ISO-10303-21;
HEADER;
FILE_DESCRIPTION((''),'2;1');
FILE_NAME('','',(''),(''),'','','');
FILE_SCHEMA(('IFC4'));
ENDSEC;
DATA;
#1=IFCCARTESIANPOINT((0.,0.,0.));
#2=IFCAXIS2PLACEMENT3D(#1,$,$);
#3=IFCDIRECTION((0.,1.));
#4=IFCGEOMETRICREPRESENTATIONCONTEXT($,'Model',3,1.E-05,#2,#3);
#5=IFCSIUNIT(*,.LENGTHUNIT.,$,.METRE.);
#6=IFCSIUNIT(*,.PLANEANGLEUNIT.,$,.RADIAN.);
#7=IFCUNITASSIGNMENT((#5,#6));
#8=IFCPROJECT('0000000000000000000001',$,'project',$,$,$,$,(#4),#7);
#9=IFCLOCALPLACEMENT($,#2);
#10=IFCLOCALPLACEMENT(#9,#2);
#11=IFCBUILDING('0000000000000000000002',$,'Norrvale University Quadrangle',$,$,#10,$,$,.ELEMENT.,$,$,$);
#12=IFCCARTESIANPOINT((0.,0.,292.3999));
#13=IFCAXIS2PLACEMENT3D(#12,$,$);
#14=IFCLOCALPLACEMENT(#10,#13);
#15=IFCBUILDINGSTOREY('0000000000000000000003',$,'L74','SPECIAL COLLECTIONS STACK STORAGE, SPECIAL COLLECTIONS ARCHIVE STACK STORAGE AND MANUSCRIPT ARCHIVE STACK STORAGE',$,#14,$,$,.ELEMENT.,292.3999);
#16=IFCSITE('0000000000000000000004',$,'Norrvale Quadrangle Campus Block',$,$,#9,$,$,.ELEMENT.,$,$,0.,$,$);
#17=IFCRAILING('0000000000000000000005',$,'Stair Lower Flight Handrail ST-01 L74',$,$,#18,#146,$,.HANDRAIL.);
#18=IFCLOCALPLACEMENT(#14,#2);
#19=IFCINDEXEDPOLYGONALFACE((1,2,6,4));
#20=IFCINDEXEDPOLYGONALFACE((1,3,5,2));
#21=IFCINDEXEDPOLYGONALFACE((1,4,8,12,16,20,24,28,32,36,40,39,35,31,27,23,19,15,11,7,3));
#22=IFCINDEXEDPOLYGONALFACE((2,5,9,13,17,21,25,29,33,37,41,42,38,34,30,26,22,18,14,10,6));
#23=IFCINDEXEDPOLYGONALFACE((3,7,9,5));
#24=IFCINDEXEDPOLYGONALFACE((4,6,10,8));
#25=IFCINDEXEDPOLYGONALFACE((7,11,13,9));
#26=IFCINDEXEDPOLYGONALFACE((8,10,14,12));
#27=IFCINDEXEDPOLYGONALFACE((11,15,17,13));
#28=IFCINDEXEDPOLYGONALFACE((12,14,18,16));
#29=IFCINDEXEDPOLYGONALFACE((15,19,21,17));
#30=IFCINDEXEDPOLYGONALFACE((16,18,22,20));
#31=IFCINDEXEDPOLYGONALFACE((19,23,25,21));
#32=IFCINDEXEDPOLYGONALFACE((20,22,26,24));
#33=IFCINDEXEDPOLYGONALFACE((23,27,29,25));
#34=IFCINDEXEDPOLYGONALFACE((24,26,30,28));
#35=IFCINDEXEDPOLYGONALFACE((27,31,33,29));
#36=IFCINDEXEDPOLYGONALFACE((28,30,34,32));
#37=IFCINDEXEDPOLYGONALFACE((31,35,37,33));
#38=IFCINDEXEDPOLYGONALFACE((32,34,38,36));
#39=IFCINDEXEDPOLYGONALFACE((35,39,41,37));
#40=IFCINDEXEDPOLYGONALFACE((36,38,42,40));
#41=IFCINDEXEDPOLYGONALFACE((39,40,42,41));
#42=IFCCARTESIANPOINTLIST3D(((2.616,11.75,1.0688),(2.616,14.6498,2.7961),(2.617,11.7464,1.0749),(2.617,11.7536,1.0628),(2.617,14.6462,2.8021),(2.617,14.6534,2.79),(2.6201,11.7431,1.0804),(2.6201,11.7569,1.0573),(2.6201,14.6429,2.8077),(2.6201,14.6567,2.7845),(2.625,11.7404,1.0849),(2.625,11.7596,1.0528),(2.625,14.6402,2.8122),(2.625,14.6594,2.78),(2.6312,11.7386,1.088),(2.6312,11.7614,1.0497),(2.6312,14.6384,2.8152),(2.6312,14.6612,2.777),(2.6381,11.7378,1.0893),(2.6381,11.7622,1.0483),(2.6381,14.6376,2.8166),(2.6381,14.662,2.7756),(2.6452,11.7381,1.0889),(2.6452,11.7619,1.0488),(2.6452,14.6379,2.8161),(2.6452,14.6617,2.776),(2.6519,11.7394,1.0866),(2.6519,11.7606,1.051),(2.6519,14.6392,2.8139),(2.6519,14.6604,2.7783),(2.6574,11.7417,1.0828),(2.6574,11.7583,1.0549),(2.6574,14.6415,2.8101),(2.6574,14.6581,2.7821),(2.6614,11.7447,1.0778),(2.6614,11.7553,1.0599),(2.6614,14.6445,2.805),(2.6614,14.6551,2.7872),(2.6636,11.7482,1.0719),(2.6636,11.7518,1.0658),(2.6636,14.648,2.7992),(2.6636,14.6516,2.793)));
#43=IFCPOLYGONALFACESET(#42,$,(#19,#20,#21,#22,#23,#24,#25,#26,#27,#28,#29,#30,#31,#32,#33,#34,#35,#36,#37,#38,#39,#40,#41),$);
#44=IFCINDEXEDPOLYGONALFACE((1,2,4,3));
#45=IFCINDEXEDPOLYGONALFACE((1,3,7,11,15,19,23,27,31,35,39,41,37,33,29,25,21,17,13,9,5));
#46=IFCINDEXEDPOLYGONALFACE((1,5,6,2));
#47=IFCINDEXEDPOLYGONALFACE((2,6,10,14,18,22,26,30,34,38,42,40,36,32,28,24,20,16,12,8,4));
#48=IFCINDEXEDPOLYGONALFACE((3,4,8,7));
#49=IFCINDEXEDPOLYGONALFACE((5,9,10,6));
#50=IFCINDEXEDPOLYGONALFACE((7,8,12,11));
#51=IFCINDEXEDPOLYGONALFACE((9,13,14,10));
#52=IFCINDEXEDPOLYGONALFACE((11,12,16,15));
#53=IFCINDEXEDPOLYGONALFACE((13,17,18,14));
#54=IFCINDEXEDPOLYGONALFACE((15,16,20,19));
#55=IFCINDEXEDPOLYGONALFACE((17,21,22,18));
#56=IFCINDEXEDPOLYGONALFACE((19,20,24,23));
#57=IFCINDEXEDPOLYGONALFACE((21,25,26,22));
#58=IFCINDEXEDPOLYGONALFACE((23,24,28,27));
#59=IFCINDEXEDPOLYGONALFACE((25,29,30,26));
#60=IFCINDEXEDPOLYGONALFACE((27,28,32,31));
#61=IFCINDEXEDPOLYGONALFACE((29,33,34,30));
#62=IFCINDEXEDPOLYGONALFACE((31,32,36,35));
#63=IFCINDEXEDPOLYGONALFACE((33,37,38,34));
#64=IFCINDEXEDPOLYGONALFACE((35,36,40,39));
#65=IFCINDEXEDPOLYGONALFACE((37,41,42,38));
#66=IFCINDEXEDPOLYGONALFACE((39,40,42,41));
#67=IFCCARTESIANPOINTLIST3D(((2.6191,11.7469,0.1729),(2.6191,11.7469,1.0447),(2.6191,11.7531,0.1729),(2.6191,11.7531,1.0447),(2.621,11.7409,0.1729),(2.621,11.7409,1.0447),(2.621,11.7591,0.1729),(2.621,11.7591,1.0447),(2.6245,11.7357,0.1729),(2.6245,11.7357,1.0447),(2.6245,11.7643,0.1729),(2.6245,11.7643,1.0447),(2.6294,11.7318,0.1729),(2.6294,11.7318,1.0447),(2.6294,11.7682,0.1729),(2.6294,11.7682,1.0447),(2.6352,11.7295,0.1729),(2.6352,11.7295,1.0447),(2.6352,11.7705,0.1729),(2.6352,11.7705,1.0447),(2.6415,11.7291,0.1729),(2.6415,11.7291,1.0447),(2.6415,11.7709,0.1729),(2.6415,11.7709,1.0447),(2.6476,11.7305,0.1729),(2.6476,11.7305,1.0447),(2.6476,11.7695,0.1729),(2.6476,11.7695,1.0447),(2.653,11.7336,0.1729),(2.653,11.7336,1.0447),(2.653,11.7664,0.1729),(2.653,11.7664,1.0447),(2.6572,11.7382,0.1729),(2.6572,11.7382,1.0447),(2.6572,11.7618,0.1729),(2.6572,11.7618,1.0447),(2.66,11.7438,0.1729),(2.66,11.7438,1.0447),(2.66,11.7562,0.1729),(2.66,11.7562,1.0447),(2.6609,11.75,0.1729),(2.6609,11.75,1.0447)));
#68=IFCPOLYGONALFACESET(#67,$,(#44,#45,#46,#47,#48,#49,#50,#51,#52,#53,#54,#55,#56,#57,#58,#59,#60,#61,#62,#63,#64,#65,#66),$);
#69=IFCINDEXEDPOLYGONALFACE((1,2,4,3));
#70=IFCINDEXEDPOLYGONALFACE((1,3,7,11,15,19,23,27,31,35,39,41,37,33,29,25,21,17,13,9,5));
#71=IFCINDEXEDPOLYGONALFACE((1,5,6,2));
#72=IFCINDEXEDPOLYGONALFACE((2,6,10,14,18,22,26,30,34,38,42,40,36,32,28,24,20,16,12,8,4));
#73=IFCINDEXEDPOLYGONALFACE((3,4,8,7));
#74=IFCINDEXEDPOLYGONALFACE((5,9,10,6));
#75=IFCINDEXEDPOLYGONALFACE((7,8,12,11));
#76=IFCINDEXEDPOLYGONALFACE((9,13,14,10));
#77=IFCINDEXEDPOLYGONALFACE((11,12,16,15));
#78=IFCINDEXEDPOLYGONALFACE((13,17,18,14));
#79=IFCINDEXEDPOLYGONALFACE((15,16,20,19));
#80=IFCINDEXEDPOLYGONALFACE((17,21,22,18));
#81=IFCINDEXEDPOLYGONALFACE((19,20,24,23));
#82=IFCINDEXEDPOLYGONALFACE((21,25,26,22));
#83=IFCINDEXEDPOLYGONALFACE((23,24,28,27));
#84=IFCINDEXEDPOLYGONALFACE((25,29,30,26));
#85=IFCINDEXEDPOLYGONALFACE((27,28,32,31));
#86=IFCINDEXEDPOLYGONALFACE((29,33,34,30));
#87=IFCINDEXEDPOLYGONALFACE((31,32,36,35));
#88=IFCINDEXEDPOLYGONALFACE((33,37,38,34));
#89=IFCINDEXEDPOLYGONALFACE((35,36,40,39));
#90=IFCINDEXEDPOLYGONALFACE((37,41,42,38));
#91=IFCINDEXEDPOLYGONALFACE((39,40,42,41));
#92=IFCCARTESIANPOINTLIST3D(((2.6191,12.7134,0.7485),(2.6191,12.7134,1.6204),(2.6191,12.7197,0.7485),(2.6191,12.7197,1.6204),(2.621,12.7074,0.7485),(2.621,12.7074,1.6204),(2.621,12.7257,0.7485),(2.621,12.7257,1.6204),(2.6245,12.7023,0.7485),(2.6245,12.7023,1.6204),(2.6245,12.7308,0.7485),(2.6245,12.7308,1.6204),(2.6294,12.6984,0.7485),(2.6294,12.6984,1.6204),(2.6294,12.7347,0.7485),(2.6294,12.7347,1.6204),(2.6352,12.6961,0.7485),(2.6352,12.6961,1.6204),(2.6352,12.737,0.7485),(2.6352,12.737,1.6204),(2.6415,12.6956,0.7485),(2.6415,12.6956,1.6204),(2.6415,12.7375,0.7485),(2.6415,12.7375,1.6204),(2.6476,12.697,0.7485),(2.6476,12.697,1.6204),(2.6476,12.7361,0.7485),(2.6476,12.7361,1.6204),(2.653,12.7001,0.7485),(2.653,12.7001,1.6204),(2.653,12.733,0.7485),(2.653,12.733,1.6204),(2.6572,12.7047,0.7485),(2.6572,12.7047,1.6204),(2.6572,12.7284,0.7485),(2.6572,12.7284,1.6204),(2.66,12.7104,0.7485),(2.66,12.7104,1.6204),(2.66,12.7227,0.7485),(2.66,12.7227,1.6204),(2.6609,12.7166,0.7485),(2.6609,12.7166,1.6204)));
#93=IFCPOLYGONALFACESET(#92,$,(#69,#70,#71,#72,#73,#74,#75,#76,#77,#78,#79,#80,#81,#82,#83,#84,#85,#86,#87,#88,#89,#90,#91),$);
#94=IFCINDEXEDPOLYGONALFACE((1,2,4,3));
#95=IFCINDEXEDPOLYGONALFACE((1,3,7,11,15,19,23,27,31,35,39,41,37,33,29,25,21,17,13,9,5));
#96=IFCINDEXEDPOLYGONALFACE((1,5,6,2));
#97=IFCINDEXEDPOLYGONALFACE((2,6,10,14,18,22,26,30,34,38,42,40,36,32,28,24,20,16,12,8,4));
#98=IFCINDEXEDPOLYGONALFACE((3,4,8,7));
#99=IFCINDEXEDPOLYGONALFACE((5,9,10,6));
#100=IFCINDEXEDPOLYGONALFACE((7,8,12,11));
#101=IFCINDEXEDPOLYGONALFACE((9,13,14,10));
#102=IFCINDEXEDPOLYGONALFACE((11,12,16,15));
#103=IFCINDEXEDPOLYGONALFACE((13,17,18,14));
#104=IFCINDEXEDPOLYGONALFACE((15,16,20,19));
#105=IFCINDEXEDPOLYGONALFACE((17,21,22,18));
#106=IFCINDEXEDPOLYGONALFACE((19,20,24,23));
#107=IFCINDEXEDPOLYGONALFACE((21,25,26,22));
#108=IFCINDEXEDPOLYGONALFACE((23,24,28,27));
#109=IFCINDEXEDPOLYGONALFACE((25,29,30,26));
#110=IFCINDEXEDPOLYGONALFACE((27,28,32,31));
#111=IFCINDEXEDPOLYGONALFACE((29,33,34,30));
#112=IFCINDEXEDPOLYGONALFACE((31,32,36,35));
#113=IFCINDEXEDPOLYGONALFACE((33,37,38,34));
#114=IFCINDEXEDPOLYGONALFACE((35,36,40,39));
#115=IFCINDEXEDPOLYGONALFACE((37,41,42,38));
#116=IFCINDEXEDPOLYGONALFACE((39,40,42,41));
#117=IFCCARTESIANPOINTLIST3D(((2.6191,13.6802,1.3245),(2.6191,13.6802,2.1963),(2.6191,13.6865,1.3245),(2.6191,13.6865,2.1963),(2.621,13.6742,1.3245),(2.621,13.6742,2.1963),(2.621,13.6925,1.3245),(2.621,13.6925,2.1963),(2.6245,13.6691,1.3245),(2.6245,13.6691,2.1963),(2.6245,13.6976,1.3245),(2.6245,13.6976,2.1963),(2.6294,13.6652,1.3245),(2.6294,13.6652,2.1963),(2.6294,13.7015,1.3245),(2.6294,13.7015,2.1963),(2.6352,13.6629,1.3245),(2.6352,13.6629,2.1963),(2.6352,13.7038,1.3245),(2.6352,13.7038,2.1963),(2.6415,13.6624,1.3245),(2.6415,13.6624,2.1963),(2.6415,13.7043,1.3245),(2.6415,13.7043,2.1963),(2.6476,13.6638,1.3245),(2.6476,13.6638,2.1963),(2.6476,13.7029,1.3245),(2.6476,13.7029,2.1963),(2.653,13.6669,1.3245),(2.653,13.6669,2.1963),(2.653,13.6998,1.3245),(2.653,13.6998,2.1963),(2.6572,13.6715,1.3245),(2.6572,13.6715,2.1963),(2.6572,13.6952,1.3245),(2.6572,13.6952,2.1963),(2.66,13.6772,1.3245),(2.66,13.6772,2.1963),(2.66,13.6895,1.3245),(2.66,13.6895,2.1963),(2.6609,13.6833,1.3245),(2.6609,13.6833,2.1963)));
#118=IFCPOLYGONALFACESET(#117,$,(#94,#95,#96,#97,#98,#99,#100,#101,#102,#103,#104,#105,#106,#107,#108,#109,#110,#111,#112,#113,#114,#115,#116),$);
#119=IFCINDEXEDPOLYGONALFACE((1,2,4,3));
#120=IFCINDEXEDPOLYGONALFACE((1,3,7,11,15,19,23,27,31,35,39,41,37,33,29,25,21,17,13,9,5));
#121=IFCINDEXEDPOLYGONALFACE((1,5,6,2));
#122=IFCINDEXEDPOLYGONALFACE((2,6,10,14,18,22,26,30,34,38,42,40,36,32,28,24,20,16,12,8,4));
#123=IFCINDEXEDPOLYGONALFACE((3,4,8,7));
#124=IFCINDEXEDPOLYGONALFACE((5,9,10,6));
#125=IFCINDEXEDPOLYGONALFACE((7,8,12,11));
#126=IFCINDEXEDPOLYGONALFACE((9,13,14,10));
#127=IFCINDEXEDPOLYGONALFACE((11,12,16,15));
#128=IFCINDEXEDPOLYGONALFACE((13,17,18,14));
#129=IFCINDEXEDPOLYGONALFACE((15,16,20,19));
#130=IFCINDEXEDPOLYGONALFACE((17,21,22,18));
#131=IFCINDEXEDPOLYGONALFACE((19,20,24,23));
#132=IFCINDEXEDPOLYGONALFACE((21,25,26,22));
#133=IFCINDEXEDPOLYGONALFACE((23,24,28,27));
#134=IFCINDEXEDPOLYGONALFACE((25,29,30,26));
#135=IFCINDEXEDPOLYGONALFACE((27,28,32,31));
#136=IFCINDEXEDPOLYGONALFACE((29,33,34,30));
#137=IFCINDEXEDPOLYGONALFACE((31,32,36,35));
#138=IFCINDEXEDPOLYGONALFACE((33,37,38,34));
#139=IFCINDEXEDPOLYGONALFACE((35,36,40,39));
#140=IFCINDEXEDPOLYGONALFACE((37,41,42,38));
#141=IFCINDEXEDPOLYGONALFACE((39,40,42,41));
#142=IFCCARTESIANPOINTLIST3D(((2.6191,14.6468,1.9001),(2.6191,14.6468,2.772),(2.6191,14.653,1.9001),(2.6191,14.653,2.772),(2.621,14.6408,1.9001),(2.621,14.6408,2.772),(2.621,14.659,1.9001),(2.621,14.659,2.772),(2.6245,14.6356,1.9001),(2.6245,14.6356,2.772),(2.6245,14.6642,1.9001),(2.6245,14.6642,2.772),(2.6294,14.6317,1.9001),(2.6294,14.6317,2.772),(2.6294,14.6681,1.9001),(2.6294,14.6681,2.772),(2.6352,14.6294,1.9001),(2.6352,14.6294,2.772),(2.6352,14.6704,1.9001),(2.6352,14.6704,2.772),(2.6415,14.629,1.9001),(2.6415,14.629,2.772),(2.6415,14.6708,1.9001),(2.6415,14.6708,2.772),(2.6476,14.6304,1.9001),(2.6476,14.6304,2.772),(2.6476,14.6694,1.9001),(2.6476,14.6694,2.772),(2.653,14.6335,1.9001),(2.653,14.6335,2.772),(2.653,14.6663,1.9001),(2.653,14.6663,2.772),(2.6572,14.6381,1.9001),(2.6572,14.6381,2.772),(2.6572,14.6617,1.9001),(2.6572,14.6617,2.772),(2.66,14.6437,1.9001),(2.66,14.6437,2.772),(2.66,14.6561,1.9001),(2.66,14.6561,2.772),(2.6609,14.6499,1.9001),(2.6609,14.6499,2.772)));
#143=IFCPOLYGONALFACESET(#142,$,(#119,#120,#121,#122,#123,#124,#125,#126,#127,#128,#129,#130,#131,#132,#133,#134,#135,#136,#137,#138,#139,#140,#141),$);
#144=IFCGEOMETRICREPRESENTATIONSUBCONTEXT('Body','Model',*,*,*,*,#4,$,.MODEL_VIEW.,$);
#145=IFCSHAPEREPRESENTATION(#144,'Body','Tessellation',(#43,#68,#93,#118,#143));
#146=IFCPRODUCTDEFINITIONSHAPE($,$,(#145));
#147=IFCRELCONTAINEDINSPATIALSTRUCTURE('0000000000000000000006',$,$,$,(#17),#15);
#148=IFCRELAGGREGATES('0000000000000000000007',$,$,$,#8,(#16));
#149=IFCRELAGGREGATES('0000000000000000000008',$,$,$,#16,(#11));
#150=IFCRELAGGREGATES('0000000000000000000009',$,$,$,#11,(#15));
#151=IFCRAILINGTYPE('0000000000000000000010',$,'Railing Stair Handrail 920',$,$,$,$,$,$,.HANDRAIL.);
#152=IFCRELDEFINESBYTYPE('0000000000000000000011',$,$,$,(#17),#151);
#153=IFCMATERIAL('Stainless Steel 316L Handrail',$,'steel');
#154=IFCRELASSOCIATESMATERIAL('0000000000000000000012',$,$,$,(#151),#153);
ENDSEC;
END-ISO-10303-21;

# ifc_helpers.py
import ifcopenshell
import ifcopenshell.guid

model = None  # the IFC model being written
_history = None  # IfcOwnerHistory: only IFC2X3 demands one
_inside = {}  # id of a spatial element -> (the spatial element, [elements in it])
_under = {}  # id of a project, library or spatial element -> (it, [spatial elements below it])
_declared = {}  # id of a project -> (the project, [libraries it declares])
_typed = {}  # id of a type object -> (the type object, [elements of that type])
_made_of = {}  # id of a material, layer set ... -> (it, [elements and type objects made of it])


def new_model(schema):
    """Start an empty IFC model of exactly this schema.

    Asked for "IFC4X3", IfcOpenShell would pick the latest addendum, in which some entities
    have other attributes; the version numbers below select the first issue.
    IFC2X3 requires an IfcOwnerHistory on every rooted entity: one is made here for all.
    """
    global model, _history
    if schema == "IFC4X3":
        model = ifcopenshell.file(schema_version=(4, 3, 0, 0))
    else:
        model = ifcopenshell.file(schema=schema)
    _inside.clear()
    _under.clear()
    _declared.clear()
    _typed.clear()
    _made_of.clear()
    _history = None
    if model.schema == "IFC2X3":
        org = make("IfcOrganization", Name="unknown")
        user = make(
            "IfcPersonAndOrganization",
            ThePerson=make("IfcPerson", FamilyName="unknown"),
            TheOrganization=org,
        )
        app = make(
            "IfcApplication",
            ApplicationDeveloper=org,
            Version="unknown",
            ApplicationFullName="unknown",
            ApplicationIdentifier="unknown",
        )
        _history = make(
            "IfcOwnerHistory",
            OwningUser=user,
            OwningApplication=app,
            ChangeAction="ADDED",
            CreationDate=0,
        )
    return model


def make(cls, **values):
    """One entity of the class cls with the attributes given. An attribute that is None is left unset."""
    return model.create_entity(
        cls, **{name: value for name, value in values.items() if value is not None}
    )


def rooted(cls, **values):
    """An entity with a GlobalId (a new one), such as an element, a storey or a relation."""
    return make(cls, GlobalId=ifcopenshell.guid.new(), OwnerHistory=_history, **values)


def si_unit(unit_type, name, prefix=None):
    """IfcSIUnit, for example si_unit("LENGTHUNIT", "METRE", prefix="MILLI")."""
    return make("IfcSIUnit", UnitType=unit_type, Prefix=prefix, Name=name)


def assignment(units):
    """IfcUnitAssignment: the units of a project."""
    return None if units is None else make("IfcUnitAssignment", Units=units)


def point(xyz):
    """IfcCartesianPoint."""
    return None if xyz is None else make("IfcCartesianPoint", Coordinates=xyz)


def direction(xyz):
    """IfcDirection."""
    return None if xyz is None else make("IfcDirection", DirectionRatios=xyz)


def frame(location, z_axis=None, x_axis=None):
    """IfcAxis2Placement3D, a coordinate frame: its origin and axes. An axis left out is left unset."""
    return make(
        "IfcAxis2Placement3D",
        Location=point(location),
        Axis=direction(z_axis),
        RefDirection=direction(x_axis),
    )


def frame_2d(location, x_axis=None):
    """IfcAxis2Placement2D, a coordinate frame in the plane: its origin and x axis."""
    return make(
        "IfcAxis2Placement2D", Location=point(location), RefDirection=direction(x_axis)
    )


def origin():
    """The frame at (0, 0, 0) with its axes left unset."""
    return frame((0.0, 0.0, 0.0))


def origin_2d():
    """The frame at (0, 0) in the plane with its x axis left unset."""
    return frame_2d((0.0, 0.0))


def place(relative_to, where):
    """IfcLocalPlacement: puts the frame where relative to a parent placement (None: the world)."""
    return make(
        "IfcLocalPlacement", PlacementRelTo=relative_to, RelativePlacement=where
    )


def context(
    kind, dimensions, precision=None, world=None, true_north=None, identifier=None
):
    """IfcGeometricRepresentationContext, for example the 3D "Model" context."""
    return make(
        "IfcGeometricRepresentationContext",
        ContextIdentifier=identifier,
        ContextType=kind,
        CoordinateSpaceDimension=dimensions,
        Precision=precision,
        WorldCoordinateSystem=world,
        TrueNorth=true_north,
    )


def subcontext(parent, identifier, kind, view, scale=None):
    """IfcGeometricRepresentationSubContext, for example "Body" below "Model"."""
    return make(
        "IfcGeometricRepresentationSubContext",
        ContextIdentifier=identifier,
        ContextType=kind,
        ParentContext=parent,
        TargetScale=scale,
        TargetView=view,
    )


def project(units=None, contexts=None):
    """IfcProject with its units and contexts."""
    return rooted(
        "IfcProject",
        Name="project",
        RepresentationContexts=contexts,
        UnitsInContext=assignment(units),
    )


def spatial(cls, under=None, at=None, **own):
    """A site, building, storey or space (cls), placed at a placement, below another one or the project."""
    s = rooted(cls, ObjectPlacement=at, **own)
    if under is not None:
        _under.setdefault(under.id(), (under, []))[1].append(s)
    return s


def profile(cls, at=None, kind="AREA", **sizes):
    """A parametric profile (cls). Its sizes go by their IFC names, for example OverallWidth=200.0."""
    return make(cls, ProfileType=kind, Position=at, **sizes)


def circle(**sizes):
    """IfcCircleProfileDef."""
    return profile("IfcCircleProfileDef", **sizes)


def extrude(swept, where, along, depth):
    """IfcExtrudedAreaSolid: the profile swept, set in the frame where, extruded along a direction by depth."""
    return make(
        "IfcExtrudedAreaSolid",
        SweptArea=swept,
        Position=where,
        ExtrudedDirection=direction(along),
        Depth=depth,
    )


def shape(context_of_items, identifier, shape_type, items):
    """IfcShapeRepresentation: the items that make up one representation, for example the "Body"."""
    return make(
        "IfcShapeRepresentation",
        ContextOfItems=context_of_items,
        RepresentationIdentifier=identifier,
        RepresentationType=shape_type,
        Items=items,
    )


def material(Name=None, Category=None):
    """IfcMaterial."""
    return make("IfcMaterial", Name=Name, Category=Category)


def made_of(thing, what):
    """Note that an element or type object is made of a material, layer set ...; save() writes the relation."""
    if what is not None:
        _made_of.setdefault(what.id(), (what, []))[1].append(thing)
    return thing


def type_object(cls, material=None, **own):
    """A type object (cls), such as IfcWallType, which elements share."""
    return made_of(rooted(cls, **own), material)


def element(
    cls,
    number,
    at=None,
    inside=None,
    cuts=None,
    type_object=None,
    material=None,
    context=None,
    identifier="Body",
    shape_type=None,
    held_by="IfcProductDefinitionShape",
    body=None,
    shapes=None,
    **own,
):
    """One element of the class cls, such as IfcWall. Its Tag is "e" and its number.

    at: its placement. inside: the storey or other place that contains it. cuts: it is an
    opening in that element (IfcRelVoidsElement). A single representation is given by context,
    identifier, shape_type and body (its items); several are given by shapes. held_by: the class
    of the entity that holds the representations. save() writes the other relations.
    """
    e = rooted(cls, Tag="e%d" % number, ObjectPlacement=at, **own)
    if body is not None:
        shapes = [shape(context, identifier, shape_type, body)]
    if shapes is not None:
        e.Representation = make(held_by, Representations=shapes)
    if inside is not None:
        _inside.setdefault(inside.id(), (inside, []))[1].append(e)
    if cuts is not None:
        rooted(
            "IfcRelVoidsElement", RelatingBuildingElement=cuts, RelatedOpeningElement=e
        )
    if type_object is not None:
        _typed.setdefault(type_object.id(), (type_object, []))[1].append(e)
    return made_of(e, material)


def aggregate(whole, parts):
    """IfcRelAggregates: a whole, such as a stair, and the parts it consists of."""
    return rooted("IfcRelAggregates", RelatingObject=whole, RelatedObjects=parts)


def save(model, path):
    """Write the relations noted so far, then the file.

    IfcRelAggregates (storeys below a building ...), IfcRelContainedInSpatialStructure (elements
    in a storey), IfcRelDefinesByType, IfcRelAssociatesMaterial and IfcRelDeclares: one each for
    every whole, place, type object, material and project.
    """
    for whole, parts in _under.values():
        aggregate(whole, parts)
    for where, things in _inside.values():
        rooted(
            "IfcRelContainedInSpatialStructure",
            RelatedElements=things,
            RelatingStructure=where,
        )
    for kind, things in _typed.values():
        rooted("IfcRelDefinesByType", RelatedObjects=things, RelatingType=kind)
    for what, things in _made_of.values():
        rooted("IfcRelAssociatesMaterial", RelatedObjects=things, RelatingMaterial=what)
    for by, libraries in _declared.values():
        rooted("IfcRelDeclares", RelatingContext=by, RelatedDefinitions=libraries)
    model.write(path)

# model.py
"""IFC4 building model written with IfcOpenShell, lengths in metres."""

from ifc_helpers import new_model, si_unit, direction, frame, origin, origin_2d, place, context, subcontext, project, spatial, circle, extrude, material, type_object, element, save


model = new_model("IFC4")

# Units and contexts
model_context = context("Model", 3, precision=1e-05, world=origin(), true_north=direction((0.0, 1.0)))
body_context = subcontext(model_context, "Body", "Model", "MODEL_VIEW")
ifc_project = project(units=[si_unit("LENGTHUNIT", "METRE"), si_unit("PLANEANGLEUNIT", "RADIAN")], contexts=[model_context])

# Site, building, storey
site_placement = place(None, origin())
site = spatial("IfcSite", under=ifc_project, at=site_placement, Name="Norrvale Quadrangle Campus Block", CompositionType="ELEMENT", RefElevation=0.0)
building_placement = place(site_placement, origin())
building = spatial("IfcBuilding", under=site, at=building_placement, Name="Norrvale University Quadrangle", CompositionType="ELEMENT")
storey_placement = place(building_placement, frame((0.0, 0.0, 292.3999)))
storey = spatial("IfcBuildingStorey", under=building, at=storey_placement, Name="L74", Description="SPECIAL COLLECTIONS STACK STORAGE, SPECIAL COLLECTIONS ARCHIVE STACK STORAGE AND MANUSCRIPT ARCHIVE STACK STORAGE", CompositionType="ELEMENT", Elevation=292.3999)

# Railing
ifc_material_1 = material(Name="Stainless Steel 316L Handrail", Category="steel")
railing_type_1 = type_object("IfcRailingType", Name="Railing Stair Handrail 920", PredefinedType="HANDRAIL", material=ifc_material_1)
railing_1_placement = place(storey_placement, frame((2.6399, 11.75, 0.1729)))
element("IfcRailing", 1, at=railing_1_placement, inside=storey, type_object=railing_type_1, Name="Stair Lower Flight Handrail ST-01 L74", PredefinedType="HANDRAIL", context=body_context, shape_type="SweptSolid", body=[
    extrude(circle(Radius=0.0239, at=origin_2d()), frame((0.0, 0.0, 0.896), z_axis=(0.0, 0.859141, 0.511738), x_axis=(-1.0, 0.0, 0.0)), (0.0, 0.0, 1.0), 3.3752),
    extrude(circle(Radius=0.021, at=origin_2d()), origin(), (0.0, 0.0, 1.0), 0.8718),
    extrude(circle(Radius=0.021, at=origin_2d()), frame((0.0, 0.9666, 0.5757)), (0.0, 0.0, 1.0), 0.8718),
    extrude(circle(Radius=0.021, at=origin_2d()), frame((0.0, 1.9333, 1.1516)), (0.0, 0.0, 1.0), 0.8718),
    extrude(circle(Radius=0.021, at=origin_2d()), frame((0.0, 2.8999, 1.7273)), (0.0, 0.0, 1.0), 0.8718),
])

save(model, "model.ifc")
